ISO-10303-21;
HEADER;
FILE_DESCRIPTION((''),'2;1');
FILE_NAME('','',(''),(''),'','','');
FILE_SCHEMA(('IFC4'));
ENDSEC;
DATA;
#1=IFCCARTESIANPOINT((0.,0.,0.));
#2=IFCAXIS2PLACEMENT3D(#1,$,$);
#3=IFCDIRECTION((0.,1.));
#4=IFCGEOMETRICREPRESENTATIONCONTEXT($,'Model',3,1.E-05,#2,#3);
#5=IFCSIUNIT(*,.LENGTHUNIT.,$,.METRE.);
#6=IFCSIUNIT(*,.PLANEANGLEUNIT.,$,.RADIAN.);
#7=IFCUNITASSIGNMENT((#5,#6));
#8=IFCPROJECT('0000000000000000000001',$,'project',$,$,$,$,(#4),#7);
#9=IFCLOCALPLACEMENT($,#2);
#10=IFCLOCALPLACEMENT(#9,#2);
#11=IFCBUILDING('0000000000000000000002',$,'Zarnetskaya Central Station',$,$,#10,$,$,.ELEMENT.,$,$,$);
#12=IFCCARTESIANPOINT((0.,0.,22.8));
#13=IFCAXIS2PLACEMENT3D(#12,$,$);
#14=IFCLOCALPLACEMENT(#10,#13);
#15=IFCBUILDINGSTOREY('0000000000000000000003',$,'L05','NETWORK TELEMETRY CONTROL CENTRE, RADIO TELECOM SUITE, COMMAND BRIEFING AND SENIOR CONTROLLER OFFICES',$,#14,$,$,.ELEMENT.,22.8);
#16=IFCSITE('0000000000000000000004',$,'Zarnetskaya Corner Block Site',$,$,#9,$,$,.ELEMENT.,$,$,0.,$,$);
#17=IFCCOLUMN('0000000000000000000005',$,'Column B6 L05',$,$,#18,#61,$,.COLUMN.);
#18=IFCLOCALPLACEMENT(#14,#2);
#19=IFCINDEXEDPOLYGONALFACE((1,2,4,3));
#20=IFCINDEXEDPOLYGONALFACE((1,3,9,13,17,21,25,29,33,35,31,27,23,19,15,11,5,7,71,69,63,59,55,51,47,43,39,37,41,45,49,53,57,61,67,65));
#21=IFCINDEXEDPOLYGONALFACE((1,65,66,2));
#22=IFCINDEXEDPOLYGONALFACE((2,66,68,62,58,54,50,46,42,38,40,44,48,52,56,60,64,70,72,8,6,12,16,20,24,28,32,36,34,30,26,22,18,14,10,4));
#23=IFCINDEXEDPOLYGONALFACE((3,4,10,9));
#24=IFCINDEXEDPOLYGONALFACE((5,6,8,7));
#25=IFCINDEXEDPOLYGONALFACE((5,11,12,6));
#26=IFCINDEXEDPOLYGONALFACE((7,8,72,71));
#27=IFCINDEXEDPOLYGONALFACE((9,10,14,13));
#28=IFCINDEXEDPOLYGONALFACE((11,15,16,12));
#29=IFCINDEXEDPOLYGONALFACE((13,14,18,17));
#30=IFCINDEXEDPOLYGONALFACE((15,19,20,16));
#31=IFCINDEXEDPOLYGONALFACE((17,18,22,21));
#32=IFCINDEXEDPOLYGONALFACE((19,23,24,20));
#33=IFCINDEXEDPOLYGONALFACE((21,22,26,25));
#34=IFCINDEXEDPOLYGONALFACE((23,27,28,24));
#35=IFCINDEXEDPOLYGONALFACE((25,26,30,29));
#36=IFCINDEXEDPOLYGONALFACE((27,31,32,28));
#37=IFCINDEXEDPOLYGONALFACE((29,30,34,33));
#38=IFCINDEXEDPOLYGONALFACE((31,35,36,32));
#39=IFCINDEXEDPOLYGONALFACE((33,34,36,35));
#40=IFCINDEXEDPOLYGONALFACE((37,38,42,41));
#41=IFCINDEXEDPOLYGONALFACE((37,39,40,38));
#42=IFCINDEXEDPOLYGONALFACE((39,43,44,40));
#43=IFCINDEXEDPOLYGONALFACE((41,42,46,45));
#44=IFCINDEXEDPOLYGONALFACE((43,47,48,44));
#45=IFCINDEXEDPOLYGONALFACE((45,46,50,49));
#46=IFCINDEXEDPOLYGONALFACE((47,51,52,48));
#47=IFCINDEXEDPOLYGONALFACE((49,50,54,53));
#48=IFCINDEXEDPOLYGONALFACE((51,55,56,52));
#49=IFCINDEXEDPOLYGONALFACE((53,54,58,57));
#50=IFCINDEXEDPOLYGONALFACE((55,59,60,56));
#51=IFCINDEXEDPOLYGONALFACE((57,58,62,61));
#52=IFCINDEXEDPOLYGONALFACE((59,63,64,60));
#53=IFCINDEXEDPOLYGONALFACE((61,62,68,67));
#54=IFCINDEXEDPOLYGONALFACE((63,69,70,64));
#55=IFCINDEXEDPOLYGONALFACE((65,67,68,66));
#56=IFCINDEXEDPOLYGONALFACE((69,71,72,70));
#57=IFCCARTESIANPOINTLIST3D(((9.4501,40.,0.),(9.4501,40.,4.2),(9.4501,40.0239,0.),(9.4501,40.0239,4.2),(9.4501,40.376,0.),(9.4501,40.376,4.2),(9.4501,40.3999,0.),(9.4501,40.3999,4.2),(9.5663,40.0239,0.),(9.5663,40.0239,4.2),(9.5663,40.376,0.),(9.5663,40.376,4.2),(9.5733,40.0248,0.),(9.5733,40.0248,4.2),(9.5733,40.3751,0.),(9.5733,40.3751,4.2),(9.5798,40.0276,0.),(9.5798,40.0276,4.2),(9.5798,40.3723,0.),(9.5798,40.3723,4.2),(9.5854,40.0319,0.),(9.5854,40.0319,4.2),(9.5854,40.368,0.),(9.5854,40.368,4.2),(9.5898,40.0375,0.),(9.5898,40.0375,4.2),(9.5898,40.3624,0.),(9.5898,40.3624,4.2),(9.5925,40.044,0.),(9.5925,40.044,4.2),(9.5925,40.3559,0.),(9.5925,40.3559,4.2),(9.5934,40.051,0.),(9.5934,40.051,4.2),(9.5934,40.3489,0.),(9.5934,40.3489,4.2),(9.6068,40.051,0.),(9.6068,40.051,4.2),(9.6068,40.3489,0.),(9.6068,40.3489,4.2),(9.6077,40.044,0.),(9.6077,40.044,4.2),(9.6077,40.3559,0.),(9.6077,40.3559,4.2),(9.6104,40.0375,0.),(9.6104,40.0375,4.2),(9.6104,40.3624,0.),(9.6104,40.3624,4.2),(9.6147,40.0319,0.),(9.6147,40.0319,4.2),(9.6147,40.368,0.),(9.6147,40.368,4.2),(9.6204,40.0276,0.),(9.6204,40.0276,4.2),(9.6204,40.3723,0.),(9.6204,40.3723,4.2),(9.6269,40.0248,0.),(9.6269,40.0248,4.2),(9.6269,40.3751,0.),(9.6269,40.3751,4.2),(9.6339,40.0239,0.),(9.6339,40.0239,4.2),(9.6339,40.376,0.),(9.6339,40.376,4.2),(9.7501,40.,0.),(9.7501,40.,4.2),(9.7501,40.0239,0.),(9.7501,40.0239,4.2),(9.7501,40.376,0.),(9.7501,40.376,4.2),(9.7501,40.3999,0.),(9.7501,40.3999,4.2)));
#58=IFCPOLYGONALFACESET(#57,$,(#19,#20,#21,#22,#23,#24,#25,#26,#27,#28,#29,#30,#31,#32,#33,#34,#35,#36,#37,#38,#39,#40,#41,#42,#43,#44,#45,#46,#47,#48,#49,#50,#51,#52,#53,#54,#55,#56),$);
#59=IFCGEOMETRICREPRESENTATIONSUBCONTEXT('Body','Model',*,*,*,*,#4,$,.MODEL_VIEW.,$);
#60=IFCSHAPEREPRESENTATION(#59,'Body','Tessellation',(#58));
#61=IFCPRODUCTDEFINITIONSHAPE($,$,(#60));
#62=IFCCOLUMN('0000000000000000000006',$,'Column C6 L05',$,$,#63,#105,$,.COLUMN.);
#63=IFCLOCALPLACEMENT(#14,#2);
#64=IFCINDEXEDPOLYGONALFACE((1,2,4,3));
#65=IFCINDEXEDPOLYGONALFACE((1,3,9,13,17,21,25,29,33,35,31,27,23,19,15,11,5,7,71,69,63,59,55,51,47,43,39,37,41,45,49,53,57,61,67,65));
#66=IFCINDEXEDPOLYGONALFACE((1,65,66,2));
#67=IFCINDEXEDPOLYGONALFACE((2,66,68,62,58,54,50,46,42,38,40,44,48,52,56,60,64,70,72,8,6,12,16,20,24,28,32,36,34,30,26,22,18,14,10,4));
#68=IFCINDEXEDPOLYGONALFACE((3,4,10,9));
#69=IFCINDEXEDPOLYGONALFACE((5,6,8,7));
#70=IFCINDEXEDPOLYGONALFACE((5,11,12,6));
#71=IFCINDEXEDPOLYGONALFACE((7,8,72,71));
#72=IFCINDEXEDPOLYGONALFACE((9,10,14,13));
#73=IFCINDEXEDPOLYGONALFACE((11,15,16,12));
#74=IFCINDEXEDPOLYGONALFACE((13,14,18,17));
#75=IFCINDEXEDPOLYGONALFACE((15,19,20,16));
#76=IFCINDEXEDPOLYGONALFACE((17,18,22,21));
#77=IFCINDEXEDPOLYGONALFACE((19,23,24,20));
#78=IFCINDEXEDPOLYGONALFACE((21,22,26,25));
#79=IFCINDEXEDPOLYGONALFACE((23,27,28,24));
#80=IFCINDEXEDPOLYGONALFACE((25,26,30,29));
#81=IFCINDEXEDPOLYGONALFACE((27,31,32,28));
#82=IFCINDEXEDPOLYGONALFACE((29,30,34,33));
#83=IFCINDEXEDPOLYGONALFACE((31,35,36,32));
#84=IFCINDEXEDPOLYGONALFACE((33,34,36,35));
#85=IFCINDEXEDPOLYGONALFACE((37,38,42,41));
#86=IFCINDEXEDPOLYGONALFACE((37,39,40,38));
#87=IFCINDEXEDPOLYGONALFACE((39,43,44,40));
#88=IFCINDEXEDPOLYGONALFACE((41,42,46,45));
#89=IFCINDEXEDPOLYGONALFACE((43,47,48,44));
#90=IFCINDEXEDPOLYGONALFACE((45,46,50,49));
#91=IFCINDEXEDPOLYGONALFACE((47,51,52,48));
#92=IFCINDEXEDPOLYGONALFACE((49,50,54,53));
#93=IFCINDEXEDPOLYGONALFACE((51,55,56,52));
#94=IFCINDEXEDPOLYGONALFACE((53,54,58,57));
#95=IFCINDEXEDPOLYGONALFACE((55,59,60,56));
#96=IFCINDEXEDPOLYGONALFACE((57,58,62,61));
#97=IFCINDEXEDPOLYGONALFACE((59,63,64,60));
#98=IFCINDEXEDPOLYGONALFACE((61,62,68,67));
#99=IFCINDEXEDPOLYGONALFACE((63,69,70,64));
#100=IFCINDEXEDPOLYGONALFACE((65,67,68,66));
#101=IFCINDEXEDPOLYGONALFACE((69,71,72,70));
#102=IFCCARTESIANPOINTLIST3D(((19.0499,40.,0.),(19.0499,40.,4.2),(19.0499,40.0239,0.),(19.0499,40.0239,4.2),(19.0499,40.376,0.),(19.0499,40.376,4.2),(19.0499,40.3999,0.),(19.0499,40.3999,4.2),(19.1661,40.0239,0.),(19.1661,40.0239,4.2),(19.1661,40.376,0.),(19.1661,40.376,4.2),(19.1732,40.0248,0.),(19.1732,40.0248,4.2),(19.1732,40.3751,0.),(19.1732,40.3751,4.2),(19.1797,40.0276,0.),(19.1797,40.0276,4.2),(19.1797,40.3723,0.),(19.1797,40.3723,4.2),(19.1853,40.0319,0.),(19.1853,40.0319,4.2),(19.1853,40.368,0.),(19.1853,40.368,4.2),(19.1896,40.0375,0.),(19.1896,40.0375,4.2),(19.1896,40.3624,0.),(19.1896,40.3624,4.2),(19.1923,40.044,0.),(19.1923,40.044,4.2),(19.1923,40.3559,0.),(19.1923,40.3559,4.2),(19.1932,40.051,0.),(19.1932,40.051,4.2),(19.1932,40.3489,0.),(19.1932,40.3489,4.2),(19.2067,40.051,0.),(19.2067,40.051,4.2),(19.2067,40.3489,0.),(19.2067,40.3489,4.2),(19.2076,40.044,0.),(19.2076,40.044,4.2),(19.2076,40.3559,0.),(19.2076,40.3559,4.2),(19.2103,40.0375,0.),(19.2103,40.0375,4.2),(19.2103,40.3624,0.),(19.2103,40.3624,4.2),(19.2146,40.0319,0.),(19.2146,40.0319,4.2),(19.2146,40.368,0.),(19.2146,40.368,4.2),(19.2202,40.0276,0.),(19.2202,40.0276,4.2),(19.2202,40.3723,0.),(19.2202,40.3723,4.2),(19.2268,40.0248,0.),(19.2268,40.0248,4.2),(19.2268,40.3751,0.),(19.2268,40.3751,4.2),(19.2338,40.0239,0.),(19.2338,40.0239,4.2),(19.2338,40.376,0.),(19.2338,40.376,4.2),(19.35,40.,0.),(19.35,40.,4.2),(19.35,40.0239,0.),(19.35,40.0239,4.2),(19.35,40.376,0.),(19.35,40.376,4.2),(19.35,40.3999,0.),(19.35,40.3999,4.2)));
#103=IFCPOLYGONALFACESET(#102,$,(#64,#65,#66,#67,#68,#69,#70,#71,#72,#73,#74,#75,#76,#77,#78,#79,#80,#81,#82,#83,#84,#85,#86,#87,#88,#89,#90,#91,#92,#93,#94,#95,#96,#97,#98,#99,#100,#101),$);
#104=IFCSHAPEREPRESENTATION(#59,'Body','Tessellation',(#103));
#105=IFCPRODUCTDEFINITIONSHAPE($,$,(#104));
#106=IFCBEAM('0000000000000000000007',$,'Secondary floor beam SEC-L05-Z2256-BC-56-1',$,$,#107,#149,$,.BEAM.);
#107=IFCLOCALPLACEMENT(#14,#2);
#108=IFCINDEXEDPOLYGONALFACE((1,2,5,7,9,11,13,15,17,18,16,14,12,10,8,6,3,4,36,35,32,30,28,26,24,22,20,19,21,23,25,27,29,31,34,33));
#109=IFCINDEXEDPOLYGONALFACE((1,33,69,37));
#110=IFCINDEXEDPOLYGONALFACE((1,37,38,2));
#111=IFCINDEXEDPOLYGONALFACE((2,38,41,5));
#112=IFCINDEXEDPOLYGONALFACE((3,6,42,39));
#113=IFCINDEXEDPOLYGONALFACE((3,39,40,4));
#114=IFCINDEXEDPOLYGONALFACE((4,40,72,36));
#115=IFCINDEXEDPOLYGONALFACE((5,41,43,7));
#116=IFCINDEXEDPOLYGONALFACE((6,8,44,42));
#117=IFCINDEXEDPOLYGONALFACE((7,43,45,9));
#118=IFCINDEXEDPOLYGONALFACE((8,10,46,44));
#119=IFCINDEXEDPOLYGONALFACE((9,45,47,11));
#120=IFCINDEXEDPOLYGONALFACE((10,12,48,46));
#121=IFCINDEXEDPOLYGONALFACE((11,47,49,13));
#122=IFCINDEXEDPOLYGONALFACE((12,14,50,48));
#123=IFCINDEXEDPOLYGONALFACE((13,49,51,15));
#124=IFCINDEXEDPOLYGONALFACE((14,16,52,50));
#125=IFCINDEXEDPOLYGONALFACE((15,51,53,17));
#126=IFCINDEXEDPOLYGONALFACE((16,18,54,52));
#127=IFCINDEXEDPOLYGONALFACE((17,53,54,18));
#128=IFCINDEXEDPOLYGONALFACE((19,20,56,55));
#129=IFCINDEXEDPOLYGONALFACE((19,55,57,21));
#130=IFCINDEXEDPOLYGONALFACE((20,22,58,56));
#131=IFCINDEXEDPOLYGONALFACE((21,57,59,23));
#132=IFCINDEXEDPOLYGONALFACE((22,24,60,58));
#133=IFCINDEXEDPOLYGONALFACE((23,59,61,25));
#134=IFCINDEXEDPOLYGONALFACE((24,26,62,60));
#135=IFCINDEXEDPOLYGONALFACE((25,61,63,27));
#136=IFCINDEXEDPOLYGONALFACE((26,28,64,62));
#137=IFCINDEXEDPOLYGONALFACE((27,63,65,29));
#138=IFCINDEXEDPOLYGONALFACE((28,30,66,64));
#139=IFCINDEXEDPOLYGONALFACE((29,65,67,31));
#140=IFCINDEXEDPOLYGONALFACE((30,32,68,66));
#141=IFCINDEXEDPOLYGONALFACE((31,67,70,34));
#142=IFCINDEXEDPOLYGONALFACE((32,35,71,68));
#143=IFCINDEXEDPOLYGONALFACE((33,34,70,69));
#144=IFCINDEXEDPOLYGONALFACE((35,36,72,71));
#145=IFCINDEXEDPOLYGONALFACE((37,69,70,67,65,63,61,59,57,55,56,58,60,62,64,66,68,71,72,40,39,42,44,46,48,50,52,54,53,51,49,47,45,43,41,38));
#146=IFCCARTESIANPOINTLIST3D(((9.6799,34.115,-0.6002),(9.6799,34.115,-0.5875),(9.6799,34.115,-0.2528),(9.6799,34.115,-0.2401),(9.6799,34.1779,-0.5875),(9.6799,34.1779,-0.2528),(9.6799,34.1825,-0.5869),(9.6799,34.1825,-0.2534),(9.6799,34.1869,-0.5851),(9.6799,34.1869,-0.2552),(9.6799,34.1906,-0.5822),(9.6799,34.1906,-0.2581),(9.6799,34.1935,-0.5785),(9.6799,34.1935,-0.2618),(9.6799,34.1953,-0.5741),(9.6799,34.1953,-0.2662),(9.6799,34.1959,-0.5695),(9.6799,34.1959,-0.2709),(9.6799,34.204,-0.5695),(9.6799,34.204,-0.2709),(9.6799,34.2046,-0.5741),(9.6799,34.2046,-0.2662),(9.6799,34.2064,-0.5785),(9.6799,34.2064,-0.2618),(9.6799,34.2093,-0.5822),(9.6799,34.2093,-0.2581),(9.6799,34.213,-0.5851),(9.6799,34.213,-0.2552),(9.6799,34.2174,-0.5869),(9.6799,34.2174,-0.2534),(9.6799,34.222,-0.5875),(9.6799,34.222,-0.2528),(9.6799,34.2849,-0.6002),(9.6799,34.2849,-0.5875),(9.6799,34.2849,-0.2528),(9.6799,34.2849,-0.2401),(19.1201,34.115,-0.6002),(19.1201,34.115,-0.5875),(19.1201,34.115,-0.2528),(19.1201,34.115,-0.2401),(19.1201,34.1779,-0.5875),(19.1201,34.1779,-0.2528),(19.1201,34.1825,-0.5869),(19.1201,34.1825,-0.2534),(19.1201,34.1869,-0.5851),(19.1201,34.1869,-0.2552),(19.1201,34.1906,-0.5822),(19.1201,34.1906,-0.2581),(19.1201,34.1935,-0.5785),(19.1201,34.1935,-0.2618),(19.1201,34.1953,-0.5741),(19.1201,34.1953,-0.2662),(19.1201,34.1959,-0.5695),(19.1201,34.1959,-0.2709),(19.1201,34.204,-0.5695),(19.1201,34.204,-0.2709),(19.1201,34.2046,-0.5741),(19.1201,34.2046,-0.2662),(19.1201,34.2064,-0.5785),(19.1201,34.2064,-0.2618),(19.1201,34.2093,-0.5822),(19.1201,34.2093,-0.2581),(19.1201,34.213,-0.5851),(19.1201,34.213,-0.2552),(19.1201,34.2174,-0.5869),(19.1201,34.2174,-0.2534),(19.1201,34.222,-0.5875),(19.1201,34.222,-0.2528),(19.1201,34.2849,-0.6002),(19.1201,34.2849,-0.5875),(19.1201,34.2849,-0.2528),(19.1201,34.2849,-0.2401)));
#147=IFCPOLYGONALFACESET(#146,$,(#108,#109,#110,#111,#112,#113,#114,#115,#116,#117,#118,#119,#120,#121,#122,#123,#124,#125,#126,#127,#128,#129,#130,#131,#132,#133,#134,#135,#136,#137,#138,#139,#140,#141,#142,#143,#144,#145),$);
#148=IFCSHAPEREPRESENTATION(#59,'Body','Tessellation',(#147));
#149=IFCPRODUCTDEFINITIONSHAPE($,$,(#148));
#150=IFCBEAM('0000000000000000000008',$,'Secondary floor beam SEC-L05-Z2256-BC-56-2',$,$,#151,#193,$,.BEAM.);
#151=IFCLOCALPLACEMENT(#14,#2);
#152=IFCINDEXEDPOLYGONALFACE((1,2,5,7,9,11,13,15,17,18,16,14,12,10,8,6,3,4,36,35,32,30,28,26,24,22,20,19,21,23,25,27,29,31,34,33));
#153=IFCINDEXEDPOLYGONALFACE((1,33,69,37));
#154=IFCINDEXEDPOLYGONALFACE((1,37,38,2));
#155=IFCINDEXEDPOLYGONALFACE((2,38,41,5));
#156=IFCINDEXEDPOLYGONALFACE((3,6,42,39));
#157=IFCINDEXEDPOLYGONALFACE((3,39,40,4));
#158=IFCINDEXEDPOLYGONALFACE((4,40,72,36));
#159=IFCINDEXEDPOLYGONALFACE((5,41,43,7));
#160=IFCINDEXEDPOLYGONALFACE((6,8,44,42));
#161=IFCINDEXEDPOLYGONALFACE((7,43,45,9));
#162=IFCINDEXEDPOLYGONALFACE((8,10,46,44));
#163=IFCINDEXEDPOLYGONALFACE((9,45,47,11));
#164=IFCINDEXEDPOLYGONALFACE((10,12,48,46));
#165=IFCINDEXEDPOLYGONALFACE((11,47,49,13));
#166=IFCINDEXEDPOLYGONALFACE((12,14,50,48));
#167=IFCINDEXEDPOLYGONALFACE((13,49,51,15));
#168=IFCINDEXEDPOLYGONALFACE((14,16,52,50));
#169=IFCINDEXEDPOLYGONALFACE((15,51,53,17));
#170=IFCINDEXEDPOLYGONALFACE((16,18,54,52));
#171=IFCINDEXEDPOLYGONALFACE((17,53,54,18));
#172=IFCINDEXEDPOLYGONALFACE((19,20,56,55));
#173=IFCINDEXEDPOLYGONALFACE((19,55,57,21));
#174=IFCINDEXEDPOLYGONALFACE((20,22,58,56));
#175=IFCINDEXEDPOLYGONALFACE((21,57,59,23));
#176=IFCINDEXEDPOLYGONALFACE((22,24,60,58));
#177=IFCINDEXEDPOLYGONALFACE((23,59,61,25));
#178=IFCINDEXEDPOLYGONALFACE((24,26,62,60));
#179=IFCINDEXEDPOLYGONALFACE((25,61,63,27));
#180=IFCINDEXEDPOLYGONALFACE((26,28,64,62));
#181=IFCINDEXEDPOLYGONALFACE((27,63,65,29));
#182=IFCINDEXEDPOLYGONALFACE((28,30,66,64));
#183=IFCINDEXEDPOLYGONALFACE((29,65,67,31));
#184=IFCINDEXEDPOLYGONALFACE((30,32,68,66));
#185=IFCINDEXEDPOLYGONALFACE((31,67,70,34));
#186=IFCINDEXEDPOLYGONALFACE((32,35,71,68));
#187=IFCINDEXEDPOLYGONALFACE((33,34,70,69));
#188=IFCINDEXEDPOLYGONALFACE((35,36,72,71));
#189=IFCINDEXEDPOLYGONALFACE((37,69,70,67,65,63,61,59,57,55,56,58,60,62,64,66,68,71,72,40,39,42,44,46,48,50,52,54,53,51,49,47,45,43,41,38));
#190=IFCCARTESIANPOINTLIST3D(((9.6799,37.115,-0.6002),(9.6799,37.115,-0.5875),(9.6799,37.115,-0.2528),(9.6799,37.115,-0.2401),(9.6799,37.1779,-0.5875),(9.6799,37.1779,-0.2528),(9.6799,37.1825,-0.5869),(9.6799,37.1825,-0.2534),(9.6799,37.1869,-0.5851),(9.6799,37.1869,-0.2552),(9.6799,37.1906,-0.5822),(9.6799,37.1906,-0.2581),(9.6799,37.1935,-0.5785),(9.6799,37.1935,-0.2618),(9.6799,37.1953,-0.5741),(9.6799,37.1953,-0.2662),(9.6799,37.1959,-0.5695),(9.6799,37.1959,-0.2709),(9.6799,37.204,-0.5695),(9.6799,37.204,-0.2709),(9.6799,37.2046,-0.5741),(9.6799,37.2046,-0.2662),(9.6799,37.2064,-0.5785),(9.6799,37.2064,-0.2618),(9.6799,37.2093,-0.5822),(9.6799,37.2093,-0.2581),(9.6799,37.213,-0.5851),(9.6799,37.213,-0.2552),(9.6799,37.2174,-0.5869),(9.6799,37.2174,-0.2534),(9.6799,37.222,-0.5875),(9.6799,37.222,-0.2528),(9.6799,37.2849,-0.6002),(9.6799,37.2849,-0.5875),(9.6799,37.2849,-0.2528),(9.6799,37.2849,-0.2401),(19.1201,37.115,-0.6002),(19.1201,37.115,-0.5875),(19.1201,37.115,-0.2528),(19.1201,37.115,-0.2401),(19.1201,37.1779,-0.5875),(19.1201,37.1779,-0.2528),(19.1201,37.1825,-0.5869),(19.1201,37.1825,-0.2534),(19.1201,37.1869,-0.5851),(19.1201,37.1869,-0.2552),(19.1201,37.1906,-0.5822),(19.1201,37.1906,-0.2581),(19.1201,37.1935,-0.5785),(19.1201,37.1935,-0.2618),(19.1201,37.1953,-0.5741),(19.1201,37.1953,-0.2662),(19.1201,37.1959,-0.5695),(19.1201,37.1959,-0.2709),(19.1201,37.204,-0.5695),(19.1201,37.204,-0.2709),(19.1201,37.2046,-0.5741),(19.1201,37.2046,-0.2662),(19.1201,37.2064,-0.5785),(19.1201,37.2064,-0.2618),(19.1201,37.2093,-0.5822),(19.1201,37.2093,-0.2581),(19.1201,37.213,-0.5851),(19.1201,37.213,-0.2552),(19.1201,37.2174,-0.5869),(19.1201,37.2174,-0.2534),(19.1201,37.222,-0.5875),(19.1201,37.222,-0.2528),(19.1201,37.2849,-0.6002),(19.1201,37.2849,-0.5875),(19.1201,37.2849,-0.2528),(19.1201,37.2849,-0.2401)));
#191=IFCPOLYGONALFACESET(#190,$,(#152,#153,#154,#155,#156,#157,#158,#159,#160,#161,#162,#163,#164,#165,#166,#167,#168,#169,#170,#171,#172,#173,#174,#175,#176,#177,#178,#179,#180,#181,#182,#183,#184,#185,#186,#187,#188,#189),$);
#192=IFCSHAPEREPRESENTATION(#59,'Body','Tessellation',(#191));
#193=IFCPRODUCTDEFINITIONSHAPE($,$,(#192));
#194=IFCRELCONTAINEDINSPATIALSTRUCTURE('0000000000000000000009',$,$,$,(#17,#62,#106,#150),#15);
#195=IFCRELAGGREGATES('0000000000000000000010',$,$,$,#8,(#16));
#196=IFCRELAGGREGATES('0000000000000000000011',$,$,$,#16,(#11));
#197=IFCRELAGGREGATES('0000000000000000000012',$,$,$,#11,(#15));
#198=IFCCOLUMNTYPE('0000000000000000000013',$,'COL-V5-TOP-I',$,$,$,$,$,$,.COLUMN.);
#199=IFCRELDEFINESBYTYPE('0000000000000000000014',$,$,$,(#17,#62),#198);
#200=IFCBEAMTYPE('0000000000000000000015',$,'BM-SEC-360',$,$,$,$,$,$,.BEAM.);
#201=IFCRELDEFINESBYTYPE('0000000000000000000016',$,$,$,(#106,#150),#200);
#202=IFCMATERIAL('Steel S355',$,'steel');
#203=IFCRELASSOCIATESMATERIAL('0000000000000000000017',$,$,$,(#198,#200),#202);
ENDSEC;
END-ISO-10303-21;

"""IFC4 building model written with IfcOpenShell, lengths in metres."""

from ifc_helpers import new_model, si_unit, direction, frame, origin, origin_2d, place, context, subcontext, project, spatial, i_section, extrude, material, material_profile, profile_set, type_object, element, save


model = new_model("IFC4")

# Units and contexts
model_context = context("Model", 3, precision=1e-05, world=origin(), true_north=direction((0.0, 1.0)))
body_context = subcontext(model_context, "Body", "Model", "MODEL_VIEW")
ifc_project = project(units=[si_unit("LENGTHUNIT", "METRE"), si_unit("PLANEANGLEUNIT", "RADIAN")], contexts=[model_context])

# Site, building, storey
site_placement = place(None, origin())
site = spatial("IfcSite", under=ifc_project, at=site_placement, Name="Zarnetskaya Corner Block Site", CompositionType="ELEMENT", RefElevation=0.0)
building_placement = place(site_placement, origin())
building = spatial("IfcBuilding", under=site, at=building_placement, Name="Zarnetskaya Central Station", CompositionType="ELEMENT")
storey_placement = place(building_placement, frame((0.0, 0.0, 22.8)))
storey = spatial("IfcBuildingStorey", under=building, at=storey_placement, Name="L05", Description="NETWORK TELEMETRY CONTROL CENTRE, RADIO TELECOM SUITE, COMMAND BRIEFING AND SENIOR CONTROLLER OFFICES", CompositionType="ELEMENT", Elevation=22.8)

# Columns
ifc_material_1 = material(Name="Steel S355", Category="steel")
ifc_material_profile_1 = material_profile(ifc_material_1, i_section(OverallWidth=0.3, OverallDepth=0.3999, WebThickness=0.0134, FlangeThickness=0.0239, FilletRadius=0.0271, at=origin_2d()), Name="HEB 400")
ifc_profile_set_1 = profile_set([ifc_material_profile_1], Name="Steel S355")
column_type = type_object("IfcColumnType", Name="COL-V5-TOP-I", PredefinedType="COLUMN", material=ifc_profile_set_1)
for number, where, z_axis, x_axis, name in (
    (1, (9.6001, 40.2, 0.0), (0.0, 0.0, 1.0), (1.0, 0.0, 0.0), "Column B6 L05"),
    (2, (19.2, 40.2, 0.0), (0.0, 0.0, 1.0), (1.0, 0.0, 0.0), "Column C6 L05"),
):
    element("IfcColumn", number, at=place(storey_placement, frame(where, z_axis=z_axis, x_axis=x_axis)), inside=storey, type_object=column_type, Name=name, PredefinedType="COLUMN", context=body_context, shape_type="SweptSolid", body=[
        extrude(i_section(OverallWidth=0.3, OverallDepth=0.3999, WebThickness=0.0134, FlangeThickness=0.0239, FilletRadius=0.0271, at=origin_2d()), origin(), (0.0, 0.0, 1.0), 4.2),
    ])

# Beams
ifc_material_profile_2 = material_profile(ifc_material_1, i_section(OverallWidth=0.1699, OverallDepth=0.3601, WebThickness=0.0081, FlangeThickness=0.0127, FilletRadius=0.0181, at=origin_2d()), Name="IPE 360")
ifc_profile_set_2 = profile_set([ifc_material_profile_2], Name="Steel S355")
beam_type_1 = type_object("IfcBeamType", Name="BM-SEC-360", PredefinedType="BEAM", material=ifc_profile_set_2)
for number, where, z_axis, x_axis, name in (
    (3, (9.6799, 34.2, -0.4202), (1.0, 0.0, 0.0), (0.0, 1.0, 0.0), "Secondary floor beam SEC-L05-Z2256-BC-56-1"),
    (4, (9.6799, 37.2, -0.4202), (1.0, 0.0, 0.0), (0.0, 1.0, 0.0), "Secondary floor beam SEC-L05-Z2256-BC-56-2"),
):
    element("IfcBeam", number, at=place(storey_placement, frame(where, z_axis=z_axis, x_axis=x_axis)), inside=storey, type_object=beam_type_1, Name=name, PredefinedType="BEAM", context=body_context, shape_type="SweptSolid", body=[
        extrude(i_section(OverallWidth=0.1699, OverallDepth=0.3601, WebThickness=0.0081, FlangeThickness=0.0127, FilletRadius=0.0181, at=origin_2d()), origin(), (0.0, 0.0, 1.0), 9.4402),
    ])

save(model, "model.ifc")
